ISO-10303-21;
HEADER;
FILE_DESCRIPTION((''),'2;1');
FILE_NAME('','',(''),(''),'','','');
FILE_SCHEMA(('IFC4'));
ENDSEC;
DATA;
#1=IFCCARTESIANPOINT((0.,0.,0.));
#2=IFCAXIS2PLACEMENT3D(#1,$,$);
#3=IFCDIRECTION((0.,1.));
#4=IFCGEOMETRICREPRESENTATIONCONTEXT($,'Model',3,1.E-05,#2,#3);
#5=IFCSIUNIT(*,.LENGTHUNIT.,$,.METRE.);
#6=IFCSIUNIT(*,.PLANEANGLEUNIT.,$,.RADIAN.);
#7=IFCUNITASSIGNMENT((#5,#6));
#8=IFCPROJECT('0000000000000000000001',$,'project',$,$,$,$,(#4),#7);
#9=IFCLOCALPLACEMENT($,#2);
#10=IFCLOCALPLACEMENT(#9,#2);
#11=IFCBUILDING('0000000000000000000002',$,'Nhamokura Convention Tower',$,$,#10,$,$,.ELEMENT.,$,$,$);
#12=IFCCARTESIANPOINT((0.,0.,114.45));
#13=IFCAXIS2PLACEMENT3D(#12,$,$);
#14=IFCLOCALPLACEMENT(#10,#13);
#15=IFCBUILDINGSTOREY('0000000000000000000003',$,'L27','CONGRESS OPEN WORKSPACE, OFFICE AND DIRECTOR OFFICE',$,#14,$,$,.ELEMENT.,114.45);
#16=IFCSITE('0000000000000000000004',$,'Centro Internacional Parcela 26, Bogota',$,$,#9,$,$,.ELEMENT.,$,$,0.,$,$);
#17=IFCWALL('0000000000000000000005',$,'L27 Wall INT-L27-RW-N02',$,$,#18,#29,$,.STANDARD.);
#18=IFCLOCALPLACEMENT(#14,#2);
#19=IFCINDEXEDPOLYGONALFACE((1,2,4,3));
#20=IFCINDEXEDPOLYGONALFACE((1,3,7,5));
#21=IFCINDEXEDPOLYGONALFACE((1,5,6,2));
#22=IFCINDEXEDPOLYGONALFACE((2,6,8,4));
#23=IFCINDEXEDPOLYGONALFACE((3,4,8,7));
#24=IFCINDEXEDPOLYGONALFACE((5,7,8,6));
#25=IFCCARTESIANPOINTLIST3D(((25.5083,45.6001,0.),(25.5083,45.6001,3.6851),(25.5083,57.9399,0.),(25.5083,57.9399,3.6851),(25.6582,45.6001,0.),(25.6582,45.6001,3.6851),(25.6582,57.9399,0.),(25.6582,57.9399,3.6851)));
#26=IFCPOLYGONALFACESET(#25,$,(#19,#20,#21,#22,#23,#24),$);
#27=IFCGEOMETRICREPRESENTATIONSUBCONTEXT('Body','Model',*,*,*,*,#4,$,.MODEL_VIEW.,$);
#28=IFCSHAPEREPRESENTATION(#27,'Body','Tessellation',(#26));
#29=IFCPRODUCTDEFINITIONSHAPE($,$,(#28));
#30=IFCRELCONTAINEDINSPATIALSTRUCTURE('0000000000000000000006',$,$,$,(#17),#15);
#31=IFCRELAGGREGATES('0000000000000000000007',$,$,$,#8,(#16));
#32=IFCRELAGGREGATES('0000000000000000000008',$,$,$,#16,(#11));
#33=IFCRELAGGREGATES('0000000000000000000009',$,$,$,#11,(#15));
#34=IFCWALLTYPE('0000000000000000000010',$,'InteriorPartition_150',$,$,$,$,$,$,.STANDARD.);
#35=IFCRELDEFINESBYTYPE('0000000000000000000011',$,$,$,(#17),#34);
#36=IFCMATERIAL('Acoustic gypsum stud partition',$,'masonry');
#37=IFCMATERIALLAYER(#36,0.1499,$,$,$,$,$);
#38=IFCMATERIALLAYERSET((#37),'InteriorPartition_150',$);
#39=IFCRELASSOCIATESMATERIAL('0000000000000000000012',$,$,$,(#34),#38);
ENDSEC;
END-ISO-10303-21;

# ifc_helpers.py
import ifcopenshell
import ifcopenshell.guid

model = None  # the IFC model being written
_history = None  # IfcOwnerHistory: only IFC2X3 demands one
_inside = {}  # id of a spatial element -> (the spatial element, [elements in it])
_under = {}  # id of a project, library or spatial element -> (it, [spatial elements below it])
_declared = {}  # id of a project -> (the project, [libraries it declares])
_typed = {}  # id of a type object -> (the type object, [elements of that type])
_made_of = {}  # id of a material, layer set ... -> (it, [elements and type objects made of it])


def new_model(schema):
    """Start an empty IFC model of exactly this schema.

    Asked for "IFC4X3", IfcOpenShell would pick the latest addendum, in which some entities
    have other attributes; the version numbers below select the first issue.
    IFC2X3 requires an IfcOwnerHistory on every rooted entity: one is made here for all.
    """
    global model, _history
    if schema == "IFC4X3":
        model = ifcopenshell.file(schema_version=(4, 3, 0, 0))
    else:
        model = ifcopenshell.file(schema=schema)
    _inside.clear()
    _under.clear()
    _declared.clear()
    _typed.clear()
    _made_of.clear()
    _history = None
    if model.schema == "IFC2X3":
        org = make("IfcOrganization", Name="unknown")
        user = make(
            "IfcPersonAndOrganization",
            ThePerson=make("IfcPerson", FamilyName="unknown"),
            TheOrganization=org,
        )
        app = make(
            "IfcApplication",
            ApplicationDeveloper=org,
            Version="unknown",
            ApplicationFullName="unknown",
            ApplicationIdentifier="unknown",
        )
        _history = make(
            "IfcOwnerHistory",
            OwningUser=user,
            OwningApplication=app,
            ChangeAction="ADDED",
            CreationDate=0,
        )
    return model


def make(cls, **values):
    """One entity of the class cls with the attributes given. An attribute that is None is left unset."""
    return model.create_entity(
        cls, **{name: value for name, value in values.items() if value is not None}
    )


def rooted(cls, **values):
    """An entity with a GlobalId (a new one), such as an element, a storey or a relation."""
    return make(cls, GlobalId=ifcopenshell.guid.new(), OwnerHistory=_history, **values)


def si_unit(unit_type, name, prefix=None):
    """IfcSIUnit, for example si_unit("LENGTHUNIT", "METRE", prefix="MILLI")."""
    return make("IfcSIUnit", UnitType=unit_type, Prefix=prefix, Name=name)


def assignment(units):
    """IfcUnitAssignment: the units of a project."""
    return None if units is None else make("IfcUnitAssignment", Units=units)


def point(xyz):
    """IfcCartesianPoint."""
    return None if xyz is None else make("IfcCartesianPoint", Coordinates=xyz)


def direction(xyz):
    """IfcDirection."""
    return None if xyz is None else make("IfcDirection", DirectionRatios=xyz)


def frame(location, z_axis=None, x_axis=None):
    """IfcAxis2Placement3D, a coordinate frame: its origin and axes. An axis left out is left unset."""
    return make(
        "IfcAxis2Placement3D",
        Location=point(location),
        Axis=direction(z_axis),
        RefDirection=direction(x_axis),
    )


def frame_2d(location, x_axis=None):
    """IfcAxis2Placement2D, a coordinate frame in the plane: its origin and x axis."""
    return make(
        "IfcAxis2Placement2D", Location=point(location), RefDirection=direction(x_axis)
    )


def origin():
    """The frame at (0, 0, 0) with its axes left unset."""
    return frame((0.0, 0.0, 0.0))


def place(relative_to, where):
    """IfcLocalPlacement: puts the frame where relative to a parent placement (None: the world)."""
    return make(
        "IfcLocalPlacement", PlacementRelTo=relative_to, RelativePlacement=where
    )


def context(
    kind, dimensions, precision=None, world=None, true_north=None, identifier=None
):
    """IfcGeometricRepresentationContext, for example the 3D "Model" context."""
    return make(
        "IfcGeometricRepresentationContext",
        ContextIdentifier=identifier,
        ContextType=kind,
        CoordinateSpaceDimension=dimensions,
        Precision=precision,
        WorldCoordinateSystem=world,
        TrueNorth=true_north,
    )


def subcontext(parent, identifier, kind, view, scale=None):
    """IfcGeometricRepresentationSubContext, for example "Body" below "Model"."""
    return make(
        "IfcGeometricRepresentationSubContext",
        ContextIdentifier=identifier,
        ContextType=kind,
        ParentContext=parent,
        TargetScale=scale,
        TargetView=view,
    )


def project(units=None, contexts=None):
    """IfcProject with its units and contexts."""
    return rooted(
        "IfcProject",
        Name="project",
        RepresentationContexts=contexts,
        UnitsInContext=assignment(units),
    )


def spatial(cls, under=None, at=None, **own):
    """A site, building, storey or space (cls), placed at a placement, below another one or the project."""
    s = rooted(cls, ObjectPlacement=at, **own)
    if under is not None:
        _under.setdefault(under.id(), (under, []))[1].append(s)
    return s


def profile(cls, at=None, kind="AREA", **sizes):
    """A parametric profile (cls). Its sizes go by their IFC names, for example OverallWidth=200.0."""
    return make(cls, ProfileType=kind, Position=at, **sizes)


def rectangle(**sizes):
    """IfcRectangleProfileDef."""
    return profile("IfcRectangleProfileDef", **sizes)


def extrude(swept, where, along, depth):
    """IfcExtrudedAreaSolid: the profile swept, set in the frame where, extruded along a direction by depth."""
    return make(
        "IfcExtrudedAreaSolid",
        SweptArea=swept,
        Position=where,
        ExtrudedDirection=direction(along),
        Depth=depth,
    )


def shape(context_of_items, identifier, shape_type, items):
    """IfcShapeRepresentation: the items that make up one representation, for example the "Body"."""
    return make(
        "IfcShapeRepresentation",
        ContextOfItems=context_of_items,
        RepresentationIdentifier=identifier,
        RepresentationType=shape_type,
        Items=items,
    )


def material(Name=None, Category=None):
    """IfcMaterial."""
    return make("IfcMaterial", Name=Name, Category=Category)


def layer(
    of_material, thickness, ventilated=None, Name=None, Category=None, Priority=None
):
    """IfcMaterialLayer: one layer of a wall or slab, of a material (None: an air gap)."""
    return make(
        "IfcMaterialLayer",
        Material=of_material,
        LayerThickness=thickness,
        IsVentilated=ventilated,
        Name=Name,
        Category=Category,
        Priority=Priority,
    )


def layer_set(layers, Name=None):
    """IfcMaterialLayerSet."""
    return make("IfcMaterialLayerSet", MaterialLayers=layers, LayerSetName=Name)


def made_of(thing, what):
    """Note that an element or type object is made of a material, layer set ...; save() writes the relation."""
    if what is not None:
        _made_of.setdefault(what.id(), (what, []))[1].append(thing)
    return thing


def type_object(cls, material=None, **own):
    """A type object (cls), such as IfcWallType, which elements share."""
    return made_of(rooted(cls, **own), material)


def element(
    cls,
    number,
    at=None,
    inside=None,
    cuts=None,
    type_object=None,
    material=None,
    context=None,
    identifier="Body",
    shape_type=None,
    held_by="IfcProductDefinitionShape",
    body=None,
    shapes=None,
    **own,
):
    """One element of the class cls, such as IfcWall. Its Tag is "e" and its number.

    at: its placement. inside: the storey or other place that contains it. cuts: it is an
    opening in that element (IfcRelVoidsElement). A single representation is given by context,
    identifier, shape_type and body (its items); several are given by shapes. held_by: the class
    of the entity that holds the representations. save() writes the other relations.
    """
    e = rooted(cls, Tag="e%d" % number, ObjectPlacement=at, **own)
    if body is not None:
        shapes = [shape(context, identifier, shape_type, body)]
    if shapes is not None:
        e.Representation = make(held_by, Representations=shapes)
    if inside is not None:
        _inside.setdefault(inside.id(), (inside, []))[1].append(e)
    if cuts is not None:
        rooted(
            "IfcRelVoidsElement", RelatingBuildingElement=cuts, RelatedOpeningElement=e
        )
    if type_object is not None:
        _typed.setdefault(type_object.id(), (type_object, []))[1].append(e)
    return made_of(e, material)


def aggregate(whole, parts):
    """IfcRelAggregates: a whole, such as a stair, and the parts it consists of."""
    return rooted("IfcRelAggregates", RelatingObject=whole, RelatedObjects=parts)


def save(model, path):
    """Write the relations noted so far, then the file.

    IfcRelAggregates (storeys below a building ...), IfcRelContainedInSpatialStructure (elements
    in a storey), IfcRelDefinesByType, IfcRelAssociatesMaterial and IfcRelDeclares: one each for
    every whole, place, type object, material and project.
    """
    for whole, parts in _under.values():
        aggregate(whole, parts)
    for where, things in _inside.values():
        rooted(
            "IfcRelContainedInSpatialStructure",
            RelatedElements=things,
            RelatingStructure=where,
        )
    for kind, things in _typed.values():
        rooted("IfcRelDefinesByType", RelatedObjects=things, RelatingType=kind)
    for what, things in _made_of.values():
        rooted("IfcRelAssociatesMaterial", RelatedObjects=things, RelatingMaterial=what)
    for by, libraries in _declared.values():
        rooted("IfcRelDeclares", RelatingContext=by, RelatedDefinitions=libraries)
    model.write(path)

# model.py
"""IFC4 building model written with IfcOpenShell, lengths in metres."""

from ifc_helpers import new_model, si_unit, direction, frame, frame_2d, origin, place, context, subcontext, project, spatial, rectangle, extrude, material, layer, layer_set, type_object, element, save


model = new_model("IFC4")

# Units and contexts
model_context = context("Model", 3, precision=1e-05, world=origin(), true_north=direction((0.0, 1.0)))
body_context = subcontext(model_context, "Body", "Model", "MODEL_VIEW")
ifc_project = project(units=[si_unit("LENGTHUNIT", "METRE"), si_unit("PLANEANGLEUNIT", "RADIAN")], contexts=[model_context])

# Site, building, storey
site_placement = place(None, origin())
site = spatial("IfcSite", under=ifc_project, at=site_placement, Name="Centro Internacional Parcela 26, Bogota", CompositionType="ELEMENT", RefElevation=0.0)
building_placement = place(site_placement, origin())
building = spatial("IfcBuilding", under=site, at=building_placement, Name="Nhamokura Convention Tower", CompositionType="ELEMENT")
storey_placement = place(building_placement, frame((0.0, 0.0, 114.45)))
storey = spatial("IfcBuildingStorey", under=building, at=storey_placement, Name="L27", Description="CONGRESS OPEN WORKSPACE, OFFICE AND DIRECTOR OFFICE", CompositionType="ELEMENT", Elevation=114.45)

# Wall
ifc_material_1 = material(Name="Acoustic gypsum stud partition", Category="masonry")
ifc_layer_1 = layer(ifc_material_1, 0.1499)
ifc_layer_set_1 = layer_set([ifc_layer_1], Name="InteriorPartition_150")
wall_type_1 = type_object("IfcWallType", Name="InteriorPartition_150", PredefinedType="STANDARD", material=ifc_layer_set_1)
wall_1_placement = place(storey_placement, frame((25.5833, 45.6001, 0.0), z_axis=(0.0, 0.0, 1.0), x_axis=(0.0, 1.0, 0.0)))
element("IfcWall", 1, at=wall_1_placement, inside=storey, type_object=wall_type_1, Name="L27 Wall INT-L27-RW-N02", PredefinedType="STANDARD", context=body_context, shape_type="SweptSolid", body=[
    extrude(rectangle(XDim=12.3398, YDim=0.1499, at=frame_2d((6.1699, 0.0))), origin(), (0.0, 0.0, 1.0), 3.6851),
])

save(model, "model.ifc")
